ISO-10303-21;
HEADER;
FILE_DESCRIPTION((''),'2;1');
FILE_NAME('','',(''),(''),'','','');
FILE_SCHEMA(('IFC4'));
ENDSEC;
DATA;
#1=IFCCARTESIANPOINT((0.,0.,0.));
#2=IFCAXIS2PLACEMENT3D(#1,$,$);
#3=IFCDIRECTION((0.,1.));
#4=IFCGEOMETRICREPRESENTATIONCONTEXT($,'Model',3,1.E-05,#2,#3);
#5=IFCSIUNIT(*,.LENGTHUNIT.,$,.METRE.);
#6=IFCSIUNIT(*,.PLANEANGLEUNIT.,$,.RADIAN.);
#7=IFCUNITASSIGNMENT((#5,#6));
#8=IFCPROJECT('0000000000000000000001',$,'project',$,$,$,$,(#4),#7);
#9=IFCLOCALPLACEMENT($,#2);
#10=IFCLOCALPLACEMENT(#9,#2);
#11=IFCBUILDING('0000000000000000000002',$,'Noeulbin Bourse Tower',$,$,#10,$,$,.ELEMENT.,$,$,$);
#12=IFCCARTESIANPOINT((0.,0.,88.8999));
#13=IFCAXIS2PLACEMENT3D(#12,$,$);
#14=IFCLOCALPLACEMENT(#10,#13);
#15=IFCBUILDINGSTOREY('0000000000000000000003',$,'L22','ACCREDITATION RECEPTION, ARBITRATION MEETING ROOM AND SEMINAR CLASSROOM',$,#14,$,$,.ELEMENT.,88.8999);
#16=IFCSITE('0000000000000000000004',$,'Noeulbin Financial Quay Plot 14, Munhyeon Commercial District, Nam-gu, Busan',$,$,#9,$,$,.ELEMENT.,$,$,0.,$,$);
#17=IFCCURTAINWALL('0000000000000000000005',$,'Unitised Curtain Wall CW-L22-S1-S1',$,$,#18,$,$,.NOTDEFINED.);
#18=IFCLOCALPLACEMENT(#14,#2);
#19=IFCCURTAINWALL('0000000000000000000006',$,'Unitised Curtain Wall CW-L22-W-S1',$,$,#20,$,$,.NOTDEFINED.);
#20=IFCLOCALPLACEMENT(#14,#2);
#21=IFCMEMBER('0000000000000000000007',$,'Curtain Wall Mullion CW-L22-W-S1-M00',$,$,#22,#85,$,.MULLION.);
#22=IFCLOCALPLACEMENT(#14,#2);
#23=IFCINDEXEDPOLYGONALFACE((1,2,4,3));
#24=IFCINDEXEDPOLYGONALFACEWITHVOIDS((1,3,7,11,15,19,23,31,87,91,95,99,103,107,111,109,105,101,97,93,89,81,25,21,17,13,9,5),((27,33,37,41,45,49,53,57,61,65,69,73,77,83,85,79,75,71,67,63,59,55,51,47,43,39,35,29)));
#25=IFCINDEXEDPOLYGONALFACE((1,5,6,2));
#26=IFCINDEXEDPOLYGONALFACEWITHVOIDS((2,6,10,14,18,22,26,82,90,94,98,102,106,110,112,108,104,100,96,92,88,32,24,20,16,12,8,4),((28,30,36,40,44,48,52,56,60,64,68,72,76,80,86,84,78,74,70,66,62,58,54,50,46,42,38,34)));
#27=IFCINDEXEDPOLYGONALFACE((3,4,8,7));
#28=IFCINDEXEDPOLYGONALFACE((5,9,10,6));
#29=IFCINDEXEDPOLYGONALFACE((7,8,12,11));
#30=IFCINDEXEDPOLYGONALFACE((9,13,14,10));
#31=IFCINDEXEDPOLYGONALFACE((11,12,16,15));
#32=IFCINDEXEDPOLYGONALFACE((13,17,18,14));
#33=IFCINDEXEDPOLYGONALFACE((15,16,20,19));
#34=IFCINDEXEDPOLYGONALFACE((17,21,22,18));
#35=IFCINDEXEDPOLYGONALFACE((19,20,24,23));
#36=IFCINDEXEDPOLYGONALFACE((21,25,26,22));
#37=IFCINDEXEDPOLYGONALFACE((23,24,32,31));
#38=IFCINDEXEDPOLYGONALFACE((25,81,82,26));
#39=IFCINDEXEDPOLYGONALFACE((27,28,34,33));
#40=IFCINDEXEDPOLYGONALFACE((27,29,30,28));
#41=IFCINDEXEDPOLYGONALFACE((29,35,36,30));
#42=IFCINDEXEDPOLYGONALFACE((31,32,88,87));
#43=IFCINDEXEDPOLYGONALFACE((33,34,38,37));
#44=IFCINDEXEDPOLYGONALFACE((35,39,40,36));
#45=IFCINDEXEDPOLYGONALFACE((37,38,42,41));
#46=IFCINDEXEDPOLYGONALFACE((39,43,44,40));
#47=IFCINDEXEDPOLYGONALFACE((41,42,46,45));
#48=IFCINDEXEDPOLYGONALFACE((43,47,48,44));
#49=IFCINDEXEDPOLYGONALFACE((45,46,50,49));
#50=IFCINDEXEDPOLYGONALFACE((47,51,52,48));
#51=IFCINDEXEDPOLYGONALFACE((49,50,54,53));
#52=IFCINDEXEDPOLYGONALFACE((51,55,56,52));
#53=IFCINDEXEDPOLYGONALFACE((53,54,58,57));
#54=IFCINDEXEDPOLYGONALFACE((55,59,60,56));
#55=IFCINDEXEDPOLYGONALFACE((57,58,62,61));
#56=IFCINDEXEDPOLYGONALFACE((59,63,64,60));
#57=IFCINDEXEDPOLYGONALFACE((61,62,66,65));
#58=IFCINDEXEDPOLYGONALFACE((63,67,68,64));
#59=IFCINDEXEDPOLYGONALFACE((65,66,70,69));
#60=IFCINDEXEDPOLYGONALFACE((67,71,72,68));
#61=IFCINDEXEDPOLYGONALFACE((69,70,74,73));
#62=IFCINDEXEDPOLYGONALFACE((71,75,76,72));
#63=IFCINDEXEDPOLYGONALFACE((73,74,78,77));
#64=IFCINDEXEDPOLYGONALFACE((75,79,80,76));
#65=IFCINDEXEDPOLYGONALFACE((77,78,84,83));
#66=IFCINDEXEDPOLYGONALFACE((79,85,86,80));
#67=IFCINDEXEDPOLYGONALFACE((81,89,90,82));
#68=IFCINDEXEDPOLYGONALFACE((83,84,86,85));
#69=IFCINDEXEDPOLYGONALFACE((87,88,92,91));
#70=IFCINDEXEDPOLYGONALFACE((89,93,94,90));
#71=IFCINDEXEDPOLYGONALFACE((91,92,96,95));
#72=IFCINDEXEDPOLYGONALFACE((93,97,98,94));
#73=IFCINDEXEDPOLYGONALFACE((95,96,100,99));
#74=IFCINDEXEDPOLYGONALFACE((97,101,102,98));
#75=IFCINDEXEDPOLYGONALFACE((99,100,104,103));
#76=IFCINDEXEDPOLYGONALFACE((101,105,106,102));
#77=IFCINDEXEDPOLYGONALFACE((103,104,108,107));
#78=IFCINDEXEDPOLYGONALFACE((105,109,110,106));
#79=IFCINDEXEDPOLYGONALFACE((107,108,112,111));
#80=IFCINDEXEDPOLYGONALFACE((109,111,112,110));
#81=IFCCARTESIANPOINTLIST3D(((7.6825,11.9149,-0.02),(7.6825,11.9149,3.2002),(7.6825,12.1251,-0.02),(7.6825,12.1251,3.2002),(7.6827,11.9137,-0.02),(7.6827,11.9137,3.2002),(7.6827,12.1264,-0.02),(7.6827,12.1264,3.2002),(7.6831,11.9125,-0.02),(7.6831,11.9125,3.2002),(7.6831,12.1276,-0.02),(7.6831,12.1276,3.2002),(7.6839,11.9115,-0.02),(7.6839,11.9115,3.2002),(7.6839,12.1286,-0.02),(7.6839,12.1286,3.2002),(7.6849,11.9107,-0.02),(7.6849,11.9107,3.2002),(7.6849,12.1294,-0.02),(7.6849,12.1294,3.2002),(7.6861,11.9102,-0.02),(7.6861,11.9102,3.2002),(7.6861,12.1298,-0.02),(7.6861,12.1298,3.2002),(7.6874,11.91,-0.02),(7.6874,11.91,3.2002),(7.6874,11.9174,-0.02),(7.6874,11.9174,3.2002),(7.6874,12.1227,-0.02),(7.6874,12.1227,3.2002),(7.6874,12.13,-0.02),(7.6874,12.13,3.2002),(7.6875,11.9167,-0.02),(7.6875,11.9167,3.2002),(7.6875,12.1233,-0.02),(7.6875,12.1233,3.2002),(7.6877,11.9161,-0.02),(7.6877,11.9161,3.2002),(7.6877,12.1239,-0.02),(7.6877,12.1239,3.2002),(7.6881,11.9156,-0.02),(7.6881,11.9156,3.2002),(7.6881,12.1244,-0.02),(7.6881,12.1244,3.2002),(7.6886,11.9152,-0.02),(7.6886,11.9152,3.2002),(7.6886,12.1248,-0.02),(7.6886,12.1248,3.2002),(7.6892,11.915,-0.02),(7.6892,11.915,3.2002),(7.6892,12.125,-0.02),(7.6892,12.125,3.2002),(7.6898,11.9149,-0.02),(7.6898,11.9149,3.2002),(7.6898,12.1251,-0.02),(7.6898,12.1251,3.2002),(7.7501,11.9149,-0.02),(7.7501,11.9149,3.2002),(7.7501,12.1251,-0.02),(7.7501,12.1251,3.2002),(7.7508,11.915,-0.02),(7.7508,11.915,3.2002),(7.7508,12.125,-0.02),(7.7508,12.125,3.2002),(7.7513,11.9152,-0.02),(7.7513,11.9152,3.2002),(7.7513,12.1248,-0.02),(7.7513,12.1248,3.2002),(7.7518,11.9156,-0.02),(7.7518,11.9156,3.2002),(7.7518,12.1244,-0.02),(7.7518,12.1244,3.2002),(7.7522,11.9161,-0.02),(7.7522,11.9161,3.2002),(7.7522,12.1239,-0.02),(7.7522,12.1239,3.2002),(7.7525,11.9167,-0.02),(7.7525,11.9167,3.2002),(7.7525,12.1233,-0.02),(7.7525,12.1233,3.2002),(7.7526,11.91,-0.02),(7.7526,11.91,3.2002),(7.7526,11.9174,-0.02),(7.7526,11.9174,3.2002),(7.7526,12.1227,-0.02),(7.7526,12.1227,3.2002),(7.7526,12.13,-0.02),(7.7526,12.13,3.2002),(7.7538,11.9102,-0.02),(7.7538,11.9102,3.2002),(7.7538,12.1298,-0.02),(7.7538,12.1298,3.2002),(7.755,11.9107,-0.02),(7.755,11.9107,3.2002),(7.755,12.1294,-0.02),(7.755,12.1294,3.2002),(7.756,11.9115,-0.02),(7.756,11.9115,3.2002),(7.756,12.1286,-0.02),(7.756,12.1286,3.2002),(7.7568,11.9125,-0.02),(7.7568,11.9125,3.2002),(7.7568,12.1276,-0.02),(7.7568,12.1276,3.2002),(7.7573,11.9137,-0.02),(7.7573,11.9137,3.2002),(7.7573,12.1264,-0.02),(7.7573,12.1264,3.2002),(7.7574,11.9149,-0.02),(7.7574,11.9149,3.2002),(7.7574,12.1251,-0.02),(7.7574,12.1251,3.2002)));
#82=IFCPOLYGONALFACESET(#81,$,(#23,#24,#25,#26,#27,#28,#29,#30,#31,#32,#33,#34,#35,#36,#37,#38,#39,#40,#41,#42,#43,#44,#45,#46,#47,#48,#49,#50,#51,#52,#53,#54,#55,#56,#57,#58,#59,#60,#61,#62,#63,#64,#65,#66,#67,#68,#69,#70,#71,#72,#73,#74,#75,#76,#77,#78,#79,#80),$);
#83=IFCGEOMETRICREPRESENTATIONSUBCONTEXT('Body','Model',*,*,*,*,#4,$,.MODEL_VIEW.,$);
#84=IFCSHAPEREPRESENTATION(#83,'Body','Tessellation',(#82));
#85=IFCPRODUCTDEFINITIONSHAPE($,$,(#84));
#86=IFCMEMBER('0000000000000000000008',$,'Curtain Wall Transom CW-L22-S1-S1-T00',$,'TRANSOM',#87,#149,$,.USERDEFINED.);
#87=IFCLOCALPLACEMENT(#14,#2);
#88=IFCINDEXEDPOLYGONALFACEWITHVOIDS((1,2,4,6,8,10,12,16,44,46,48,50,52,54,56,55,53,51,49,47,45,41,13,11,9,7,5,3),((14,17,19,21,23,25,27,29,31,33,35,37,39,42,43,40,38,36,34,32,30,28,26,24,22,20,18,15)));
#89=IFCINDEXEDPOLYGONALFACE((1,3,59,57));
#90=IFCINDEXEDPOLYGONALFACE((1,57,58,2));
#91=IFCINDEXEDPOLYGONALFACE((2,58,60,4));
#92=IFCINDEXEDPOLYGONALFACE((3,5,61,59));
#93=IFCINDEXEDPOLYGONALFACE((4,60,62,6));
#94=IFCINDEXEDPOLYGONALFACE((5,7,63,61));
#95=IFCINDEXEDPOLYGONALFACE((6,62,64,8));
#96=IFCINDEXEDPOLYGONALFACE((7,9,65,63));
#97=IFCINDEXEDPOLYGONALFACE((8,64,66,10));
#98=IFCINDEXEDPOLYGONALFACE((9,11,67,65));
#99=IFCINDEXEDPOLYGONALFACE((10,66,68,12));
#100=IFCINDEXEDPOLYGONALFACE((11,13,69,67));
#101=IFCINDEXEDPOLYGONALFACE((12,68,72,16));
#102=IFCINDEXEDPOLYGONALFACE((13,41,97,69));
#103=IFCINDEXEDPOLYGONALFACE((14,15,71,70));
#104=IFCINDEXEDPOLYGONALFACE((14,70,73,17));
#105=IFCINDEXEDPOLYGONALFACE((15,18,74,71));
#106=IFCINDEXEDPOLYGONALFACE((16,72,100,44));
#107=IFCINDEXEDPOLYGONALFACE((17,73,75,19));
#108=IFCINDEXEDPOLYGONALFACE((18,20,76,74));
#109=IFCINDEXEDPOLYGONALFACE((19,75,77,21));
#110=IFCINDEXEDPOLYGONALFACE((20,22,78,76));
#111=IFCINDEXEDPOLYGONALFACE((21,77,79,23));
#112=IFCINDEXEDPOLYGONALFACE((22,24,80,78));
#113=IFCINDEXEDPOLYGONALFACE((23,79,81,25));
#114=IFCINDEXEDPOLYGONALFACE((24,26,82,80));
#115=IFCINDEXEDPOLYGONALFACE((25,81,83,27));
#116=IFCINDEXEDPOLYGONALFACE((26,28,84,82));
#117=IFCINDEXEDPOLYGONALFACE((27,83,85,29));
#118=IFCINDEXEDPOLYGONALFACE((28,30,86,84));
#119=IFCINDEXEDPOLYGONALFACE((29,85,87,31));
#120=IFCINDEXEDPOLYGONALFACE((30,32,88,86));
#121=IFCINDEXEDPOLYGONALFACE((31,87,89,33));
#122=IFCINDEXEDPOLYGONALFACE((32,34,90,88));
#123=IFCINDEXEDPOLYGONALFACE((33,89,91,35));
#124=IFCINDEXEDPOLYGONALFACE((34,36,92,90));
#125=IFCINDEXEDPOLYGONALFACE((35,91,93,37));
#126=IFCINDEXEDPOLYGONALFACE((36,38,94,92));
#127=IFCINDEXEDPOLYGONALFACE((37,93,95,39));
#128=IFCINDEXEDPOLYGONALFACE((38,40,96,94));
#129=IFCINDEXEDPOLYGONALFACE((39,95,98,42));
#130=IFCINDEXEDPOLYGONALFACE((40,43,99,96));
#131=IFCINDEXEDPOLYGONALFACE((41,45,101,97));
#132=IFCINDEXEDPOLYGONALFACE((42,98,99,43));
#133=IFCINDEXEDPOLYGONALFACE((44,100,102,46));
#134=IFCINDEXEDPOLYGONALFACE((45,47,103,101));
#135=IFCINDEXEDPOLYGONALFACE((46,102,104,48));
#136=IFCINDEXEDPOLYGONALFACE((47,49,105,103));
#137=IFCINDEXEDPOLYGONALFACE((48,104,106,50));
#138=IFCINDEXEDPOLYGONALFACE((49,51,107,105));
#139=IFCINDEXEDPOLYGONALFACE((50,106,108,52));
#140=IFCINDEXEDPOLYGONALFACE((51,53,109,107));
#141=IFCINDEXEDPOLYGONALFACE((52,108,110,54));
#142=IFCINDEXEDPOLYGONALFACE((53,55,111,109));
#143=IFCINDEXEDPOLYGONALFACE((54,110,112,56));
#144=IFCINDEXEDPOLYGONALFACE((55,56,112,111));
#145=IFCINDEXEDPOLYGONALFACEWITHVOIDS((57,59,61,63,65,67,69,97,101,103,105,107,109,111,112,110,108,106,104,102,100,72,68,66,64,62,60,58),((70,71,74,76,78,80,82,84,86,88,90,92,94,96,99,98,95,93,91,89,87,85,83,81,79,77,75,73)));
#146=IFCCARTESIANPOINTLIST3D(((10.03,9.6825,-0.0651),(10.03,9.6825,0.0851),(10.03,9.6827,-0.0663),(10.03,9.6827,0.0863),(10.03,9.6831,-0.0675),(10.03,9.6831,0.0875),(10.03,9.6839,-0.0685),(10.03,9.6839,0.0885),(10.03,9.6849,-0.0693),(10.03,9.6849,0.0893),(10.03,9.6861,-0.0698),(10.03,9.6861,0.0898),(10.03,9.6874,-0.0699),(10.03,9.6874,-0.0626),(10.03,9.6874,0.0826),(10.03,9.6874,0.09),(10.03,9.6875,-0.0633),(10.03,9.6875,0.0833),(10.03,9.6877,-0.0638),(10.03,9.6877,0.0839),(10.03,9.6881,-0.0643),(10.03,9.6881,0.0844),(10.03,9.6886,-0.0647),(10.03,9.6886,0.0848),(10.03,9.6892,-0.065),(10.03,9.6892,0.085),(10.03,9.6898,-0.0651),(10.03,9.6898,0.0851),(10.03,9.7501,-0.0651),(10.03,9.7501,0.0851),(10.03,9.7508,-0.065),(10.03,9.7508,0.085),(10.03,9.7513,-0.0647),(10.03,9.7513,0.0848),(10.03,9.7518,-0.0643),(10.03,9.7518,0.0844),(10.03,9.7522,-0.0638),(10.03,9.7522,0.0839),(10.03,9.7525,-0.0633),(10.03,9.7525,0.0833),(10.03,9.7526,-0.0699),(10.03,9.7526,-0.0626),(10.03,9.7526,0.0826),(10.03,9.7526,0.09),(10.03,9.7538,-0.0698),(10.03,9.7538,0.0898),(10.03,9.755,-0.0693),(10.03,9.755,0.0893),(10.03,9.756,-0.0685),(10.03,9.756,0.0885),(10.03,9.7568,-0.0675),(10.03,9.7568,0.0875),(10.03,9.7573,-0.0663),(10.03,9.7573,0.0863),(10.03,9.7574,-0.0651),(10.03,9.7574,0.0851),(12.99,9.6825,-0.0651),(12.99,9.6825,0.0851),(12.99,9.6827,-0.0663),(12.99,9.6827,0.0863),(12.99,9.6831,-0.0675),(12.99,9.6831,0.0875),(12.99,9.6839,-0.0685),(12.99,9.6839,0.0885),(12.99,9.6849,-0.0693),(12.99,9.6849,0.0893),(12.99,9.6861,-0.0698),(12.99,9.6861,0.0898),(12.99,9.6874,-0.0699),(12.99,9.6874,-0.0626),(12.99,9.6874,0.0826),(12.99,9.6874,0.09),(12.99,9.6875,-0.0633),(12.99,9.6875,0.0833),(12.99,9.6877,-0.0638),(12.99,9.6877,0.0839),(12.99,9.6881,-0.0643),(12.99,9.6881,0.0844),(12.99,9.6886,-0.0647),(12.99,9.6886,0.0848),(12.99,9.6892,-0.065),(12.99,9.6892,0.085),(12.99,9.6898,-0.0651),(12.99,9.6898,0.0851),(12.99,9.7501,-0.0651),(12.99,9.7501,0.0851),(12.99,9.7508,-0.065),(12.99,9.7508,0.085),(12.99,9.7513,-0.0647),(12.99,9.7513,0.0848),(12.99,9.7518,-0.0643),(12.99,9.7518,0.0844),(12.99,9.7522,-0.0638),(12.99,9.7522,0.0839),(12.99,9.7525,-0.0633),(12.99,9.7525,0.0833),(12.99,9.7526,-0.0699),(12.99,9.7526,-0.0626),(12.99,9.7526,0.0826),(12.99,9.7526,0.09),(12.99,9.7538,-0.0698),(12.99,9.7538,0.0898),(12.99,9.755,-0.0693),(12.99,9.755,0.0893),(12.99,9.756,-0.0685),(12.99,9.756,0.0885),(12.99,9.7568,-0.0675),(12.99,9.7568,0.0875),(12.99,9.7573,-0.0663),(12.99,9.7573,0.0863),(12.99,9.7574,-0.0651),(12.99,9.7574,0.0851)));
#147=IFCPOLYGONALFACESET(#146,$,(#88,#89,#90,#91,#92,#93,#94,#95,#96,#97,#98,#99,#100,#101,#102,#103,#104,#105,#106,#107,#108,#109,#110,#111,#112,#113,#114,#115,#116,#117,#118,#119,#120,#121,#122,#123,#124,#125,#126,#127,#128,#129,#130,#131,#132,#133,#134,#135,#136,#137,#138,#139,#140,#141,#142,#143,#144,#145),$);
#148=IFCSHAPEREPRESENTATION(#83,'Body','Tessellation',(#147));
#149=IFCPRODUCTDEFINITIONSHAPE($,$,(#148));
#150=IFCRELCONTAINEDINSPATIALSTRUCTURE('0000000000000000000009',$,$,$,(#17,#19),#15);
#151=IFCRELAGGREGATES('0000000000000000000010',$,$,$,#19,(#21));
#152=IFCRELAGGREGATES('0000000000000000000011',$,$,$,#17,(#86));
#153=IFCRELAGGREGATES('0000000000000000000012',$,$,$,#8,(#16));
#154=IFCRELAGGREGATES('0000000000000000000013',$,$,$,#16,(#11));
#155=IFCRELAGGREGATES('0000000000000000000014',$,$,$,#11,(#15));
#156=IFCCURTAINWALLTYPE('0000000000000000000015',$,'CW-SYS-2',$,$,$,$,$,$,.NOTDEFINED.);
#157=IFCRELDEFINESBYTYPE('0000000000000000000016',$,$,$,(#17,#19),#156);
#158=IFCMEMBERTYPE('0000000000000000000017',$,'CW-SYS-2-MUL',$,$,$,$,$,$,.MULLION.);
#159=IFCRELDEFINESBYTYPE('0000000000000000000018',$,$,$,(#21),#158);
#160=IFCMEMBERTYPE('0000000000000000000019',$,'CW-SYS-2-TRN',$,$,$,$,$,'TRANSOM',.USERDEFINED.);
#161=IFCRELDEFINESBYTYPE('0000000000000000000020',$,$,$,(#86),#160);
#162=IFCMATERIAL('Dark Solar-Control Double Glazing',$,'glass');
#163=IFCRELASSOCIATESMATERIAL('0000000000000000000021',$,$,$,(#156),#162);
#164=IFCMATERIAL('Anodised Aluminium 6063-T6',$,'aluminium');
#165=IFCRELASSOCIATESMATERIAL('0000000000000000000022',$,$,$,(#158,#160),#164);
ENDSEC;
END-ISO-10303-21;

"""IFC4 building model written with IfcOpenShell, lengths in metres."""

from ifc_helpers import new_model, si_unit, direction, frame, origin, origin_2d, place, context, subcontext, project, spatial, hollow_rectangle, extrude, material, material_profile, profile_set, type_object, element, aggregate, save


model = new_model("IFC4")

# Units and contexts
model_context = context("Model", 3, precision=1e-05, world=origin(), true_north=direction((0.0, 1.0)))
body_context = subcontext(model_context, "Body", "Model", "MODEL_VIEW")
ifc_project = project(units=[si_unit("LENGTHUNIT", "METRE"), si_unit("PLANEANGLEUNIT", "RADIAN")], contexts=[model_context])

# Site, building, storey
site_placement = place(None, origin())
site = spatial("IfcSite", under=ifc_project, at=site_placement, Name="Noeulbin Financial Quay Plot 14, Munhyeon Commercial District, Nam-gu, Busan", CompositionType="ELEMENT", RefElevation=0.0)
building_placement = place(site_placement, origin())
building = spatial("IfcBuilding", under=site, at=building_placement, Name="Noeulbin Bourse Tower", CompositionType="ELEMENT")
storey_placement = place(building_placement, frame((0.0, 0.0, 88.8999)))
storey = spatial("IfcBuildingStorey", under=building, at=storey_placement, Name="L22", Description="ACCREDITATION RECEPTION, ARBITRATION MEETING ROOM AND SEMINAR CLASSROOM", CompositionType="ELEMENT", Elevation=88.8999)

# Curtain wall
ifc_material_1 = material(Name="Dark Solar-Control Double Glazing", Category="glass")
curtain_wall_type = type_object("IfcCurtainWallType", Name="CW-SYS-2", PredefinedType="NOTDEFINED", material=ifc_material_1)
curtain_wall_1_placement = place(storey_placement, origin())
curtain_wall_1 = element("IfcCurtainWall", 1, at=curtain_wall_1_placement, inside=storey, type_object=curtain_wall_type, Name="Unitised Curtain Wall CW-L22-S1-S1", PredefinedType="NOTDEFINED")
ifc_material_2 = material(Name="Anodised Aluminium 6063-T6", Category="aluminium")
ifc_material_profile_1 = material_profile(ifc_material_2, hollow_rectangle(XDim=0.075, YDim=0.22, WallThickness=0.0049, InnerFilletRadius=0.0024, OuterFilletRadius=0.0049, at=origin_2d()), Name="ALU-MULL-75x220x5", Category="LoadBearing")
ifc_profile_set_1 = profile_set([ifc_material_profile_1], Name="Anodised Aluminium 6063-T6")
member_type_1 = type_object("IfcMemberType", Name="CW-SYS-2-MUL", PredefinedType="MULLION", material=ifc_profile_set_1)

# Curtain wall, member
curtain_wall_2_placement = place(storey_placement, origin())
curtain_wall_2 = element("IfcCurtainWall", 2, at=curtain_wall_2_placement, inside=storey, type_object=curtain_wall_type, Name="Unitised Curtain Wall CW-L22-W-S1", PredefinedType="NOTDEFINED")
member_1_placement = place(storey_placement, frame((7.72, 12.02, -0.02), z_axis=(0.0, 0.0, 1.0), x_axis=(1.0, 0.0, 0.0)))
member_1 = element("IfcMember", 3, at=member_1_placement, type_object=member_type_1, Name="Curtain Wall Mullion CW-L22-W-S1-M00", PredefinedType="MULLION", context=body_context, shape_type="SweptSolid", body=[
    extrude(hollow_rectangle(XDim=0.075, YDim=0.22, WallThickness=0.0049, InnerFilletRadius=0.0024, OuterFilletRadius=0.0049, at=origin_2d()), origin(), (0.0, 0.0, 1.0), 3.2202),
])
aggregate(curtain_wall_2, [member_1])

# Member
ifc_material_profile_2 = material_profile(ifc_material_2, hollow_rectangle(XDim=0.075, YDim=0.1599, WallThickness=0.0049, InnerFilletRadius=0.0024, OuterFilletRadius=0.0049, at=origin_2d()), Name="ALU-TRAN-75x160x5", Category="LoadBearing")
ifc_profile_set_2 = profile_set([ifc_material_profile_2], Name="Anodised Aluminium 6063-T6")
member_type_2 = type_object("IfcMemberType", Name="CW-SYS-2-TRN", ElementType="TRANSOM", PredefinedType="USERDEFINED", material=ifc_profile_set_2)
member_2_placement = place(storey_placement, frame((10.03, 9.72, 0.01), z_axis=(1.0, 0.0, 0.0), x_axis=(0.0, 1.0, 0.0)))
member_2 = element("IfcMember", 4, at=member_2_placement, type_object=member_type_2, Name="Curtain Wall Transom CW-L22-S1-S1-T00", ObjectType="TRANSOM", PredefinedType="USERDEFINED", context=body_context, shape_type="SweptSolid", body=[
    extrude(hollow_rectangle(XDim=0.075, YDim=0.1599, WallThickness=0.0049, InnerFilletRadius=0.0024, OuterFilletRadius=0.0049, at=origin_2d()), origin(), (0.0, 0.0, 1.0), 2.96),
])

aggregate(curtain_wall_1, [member_2])

save(model, "model.ifc")
